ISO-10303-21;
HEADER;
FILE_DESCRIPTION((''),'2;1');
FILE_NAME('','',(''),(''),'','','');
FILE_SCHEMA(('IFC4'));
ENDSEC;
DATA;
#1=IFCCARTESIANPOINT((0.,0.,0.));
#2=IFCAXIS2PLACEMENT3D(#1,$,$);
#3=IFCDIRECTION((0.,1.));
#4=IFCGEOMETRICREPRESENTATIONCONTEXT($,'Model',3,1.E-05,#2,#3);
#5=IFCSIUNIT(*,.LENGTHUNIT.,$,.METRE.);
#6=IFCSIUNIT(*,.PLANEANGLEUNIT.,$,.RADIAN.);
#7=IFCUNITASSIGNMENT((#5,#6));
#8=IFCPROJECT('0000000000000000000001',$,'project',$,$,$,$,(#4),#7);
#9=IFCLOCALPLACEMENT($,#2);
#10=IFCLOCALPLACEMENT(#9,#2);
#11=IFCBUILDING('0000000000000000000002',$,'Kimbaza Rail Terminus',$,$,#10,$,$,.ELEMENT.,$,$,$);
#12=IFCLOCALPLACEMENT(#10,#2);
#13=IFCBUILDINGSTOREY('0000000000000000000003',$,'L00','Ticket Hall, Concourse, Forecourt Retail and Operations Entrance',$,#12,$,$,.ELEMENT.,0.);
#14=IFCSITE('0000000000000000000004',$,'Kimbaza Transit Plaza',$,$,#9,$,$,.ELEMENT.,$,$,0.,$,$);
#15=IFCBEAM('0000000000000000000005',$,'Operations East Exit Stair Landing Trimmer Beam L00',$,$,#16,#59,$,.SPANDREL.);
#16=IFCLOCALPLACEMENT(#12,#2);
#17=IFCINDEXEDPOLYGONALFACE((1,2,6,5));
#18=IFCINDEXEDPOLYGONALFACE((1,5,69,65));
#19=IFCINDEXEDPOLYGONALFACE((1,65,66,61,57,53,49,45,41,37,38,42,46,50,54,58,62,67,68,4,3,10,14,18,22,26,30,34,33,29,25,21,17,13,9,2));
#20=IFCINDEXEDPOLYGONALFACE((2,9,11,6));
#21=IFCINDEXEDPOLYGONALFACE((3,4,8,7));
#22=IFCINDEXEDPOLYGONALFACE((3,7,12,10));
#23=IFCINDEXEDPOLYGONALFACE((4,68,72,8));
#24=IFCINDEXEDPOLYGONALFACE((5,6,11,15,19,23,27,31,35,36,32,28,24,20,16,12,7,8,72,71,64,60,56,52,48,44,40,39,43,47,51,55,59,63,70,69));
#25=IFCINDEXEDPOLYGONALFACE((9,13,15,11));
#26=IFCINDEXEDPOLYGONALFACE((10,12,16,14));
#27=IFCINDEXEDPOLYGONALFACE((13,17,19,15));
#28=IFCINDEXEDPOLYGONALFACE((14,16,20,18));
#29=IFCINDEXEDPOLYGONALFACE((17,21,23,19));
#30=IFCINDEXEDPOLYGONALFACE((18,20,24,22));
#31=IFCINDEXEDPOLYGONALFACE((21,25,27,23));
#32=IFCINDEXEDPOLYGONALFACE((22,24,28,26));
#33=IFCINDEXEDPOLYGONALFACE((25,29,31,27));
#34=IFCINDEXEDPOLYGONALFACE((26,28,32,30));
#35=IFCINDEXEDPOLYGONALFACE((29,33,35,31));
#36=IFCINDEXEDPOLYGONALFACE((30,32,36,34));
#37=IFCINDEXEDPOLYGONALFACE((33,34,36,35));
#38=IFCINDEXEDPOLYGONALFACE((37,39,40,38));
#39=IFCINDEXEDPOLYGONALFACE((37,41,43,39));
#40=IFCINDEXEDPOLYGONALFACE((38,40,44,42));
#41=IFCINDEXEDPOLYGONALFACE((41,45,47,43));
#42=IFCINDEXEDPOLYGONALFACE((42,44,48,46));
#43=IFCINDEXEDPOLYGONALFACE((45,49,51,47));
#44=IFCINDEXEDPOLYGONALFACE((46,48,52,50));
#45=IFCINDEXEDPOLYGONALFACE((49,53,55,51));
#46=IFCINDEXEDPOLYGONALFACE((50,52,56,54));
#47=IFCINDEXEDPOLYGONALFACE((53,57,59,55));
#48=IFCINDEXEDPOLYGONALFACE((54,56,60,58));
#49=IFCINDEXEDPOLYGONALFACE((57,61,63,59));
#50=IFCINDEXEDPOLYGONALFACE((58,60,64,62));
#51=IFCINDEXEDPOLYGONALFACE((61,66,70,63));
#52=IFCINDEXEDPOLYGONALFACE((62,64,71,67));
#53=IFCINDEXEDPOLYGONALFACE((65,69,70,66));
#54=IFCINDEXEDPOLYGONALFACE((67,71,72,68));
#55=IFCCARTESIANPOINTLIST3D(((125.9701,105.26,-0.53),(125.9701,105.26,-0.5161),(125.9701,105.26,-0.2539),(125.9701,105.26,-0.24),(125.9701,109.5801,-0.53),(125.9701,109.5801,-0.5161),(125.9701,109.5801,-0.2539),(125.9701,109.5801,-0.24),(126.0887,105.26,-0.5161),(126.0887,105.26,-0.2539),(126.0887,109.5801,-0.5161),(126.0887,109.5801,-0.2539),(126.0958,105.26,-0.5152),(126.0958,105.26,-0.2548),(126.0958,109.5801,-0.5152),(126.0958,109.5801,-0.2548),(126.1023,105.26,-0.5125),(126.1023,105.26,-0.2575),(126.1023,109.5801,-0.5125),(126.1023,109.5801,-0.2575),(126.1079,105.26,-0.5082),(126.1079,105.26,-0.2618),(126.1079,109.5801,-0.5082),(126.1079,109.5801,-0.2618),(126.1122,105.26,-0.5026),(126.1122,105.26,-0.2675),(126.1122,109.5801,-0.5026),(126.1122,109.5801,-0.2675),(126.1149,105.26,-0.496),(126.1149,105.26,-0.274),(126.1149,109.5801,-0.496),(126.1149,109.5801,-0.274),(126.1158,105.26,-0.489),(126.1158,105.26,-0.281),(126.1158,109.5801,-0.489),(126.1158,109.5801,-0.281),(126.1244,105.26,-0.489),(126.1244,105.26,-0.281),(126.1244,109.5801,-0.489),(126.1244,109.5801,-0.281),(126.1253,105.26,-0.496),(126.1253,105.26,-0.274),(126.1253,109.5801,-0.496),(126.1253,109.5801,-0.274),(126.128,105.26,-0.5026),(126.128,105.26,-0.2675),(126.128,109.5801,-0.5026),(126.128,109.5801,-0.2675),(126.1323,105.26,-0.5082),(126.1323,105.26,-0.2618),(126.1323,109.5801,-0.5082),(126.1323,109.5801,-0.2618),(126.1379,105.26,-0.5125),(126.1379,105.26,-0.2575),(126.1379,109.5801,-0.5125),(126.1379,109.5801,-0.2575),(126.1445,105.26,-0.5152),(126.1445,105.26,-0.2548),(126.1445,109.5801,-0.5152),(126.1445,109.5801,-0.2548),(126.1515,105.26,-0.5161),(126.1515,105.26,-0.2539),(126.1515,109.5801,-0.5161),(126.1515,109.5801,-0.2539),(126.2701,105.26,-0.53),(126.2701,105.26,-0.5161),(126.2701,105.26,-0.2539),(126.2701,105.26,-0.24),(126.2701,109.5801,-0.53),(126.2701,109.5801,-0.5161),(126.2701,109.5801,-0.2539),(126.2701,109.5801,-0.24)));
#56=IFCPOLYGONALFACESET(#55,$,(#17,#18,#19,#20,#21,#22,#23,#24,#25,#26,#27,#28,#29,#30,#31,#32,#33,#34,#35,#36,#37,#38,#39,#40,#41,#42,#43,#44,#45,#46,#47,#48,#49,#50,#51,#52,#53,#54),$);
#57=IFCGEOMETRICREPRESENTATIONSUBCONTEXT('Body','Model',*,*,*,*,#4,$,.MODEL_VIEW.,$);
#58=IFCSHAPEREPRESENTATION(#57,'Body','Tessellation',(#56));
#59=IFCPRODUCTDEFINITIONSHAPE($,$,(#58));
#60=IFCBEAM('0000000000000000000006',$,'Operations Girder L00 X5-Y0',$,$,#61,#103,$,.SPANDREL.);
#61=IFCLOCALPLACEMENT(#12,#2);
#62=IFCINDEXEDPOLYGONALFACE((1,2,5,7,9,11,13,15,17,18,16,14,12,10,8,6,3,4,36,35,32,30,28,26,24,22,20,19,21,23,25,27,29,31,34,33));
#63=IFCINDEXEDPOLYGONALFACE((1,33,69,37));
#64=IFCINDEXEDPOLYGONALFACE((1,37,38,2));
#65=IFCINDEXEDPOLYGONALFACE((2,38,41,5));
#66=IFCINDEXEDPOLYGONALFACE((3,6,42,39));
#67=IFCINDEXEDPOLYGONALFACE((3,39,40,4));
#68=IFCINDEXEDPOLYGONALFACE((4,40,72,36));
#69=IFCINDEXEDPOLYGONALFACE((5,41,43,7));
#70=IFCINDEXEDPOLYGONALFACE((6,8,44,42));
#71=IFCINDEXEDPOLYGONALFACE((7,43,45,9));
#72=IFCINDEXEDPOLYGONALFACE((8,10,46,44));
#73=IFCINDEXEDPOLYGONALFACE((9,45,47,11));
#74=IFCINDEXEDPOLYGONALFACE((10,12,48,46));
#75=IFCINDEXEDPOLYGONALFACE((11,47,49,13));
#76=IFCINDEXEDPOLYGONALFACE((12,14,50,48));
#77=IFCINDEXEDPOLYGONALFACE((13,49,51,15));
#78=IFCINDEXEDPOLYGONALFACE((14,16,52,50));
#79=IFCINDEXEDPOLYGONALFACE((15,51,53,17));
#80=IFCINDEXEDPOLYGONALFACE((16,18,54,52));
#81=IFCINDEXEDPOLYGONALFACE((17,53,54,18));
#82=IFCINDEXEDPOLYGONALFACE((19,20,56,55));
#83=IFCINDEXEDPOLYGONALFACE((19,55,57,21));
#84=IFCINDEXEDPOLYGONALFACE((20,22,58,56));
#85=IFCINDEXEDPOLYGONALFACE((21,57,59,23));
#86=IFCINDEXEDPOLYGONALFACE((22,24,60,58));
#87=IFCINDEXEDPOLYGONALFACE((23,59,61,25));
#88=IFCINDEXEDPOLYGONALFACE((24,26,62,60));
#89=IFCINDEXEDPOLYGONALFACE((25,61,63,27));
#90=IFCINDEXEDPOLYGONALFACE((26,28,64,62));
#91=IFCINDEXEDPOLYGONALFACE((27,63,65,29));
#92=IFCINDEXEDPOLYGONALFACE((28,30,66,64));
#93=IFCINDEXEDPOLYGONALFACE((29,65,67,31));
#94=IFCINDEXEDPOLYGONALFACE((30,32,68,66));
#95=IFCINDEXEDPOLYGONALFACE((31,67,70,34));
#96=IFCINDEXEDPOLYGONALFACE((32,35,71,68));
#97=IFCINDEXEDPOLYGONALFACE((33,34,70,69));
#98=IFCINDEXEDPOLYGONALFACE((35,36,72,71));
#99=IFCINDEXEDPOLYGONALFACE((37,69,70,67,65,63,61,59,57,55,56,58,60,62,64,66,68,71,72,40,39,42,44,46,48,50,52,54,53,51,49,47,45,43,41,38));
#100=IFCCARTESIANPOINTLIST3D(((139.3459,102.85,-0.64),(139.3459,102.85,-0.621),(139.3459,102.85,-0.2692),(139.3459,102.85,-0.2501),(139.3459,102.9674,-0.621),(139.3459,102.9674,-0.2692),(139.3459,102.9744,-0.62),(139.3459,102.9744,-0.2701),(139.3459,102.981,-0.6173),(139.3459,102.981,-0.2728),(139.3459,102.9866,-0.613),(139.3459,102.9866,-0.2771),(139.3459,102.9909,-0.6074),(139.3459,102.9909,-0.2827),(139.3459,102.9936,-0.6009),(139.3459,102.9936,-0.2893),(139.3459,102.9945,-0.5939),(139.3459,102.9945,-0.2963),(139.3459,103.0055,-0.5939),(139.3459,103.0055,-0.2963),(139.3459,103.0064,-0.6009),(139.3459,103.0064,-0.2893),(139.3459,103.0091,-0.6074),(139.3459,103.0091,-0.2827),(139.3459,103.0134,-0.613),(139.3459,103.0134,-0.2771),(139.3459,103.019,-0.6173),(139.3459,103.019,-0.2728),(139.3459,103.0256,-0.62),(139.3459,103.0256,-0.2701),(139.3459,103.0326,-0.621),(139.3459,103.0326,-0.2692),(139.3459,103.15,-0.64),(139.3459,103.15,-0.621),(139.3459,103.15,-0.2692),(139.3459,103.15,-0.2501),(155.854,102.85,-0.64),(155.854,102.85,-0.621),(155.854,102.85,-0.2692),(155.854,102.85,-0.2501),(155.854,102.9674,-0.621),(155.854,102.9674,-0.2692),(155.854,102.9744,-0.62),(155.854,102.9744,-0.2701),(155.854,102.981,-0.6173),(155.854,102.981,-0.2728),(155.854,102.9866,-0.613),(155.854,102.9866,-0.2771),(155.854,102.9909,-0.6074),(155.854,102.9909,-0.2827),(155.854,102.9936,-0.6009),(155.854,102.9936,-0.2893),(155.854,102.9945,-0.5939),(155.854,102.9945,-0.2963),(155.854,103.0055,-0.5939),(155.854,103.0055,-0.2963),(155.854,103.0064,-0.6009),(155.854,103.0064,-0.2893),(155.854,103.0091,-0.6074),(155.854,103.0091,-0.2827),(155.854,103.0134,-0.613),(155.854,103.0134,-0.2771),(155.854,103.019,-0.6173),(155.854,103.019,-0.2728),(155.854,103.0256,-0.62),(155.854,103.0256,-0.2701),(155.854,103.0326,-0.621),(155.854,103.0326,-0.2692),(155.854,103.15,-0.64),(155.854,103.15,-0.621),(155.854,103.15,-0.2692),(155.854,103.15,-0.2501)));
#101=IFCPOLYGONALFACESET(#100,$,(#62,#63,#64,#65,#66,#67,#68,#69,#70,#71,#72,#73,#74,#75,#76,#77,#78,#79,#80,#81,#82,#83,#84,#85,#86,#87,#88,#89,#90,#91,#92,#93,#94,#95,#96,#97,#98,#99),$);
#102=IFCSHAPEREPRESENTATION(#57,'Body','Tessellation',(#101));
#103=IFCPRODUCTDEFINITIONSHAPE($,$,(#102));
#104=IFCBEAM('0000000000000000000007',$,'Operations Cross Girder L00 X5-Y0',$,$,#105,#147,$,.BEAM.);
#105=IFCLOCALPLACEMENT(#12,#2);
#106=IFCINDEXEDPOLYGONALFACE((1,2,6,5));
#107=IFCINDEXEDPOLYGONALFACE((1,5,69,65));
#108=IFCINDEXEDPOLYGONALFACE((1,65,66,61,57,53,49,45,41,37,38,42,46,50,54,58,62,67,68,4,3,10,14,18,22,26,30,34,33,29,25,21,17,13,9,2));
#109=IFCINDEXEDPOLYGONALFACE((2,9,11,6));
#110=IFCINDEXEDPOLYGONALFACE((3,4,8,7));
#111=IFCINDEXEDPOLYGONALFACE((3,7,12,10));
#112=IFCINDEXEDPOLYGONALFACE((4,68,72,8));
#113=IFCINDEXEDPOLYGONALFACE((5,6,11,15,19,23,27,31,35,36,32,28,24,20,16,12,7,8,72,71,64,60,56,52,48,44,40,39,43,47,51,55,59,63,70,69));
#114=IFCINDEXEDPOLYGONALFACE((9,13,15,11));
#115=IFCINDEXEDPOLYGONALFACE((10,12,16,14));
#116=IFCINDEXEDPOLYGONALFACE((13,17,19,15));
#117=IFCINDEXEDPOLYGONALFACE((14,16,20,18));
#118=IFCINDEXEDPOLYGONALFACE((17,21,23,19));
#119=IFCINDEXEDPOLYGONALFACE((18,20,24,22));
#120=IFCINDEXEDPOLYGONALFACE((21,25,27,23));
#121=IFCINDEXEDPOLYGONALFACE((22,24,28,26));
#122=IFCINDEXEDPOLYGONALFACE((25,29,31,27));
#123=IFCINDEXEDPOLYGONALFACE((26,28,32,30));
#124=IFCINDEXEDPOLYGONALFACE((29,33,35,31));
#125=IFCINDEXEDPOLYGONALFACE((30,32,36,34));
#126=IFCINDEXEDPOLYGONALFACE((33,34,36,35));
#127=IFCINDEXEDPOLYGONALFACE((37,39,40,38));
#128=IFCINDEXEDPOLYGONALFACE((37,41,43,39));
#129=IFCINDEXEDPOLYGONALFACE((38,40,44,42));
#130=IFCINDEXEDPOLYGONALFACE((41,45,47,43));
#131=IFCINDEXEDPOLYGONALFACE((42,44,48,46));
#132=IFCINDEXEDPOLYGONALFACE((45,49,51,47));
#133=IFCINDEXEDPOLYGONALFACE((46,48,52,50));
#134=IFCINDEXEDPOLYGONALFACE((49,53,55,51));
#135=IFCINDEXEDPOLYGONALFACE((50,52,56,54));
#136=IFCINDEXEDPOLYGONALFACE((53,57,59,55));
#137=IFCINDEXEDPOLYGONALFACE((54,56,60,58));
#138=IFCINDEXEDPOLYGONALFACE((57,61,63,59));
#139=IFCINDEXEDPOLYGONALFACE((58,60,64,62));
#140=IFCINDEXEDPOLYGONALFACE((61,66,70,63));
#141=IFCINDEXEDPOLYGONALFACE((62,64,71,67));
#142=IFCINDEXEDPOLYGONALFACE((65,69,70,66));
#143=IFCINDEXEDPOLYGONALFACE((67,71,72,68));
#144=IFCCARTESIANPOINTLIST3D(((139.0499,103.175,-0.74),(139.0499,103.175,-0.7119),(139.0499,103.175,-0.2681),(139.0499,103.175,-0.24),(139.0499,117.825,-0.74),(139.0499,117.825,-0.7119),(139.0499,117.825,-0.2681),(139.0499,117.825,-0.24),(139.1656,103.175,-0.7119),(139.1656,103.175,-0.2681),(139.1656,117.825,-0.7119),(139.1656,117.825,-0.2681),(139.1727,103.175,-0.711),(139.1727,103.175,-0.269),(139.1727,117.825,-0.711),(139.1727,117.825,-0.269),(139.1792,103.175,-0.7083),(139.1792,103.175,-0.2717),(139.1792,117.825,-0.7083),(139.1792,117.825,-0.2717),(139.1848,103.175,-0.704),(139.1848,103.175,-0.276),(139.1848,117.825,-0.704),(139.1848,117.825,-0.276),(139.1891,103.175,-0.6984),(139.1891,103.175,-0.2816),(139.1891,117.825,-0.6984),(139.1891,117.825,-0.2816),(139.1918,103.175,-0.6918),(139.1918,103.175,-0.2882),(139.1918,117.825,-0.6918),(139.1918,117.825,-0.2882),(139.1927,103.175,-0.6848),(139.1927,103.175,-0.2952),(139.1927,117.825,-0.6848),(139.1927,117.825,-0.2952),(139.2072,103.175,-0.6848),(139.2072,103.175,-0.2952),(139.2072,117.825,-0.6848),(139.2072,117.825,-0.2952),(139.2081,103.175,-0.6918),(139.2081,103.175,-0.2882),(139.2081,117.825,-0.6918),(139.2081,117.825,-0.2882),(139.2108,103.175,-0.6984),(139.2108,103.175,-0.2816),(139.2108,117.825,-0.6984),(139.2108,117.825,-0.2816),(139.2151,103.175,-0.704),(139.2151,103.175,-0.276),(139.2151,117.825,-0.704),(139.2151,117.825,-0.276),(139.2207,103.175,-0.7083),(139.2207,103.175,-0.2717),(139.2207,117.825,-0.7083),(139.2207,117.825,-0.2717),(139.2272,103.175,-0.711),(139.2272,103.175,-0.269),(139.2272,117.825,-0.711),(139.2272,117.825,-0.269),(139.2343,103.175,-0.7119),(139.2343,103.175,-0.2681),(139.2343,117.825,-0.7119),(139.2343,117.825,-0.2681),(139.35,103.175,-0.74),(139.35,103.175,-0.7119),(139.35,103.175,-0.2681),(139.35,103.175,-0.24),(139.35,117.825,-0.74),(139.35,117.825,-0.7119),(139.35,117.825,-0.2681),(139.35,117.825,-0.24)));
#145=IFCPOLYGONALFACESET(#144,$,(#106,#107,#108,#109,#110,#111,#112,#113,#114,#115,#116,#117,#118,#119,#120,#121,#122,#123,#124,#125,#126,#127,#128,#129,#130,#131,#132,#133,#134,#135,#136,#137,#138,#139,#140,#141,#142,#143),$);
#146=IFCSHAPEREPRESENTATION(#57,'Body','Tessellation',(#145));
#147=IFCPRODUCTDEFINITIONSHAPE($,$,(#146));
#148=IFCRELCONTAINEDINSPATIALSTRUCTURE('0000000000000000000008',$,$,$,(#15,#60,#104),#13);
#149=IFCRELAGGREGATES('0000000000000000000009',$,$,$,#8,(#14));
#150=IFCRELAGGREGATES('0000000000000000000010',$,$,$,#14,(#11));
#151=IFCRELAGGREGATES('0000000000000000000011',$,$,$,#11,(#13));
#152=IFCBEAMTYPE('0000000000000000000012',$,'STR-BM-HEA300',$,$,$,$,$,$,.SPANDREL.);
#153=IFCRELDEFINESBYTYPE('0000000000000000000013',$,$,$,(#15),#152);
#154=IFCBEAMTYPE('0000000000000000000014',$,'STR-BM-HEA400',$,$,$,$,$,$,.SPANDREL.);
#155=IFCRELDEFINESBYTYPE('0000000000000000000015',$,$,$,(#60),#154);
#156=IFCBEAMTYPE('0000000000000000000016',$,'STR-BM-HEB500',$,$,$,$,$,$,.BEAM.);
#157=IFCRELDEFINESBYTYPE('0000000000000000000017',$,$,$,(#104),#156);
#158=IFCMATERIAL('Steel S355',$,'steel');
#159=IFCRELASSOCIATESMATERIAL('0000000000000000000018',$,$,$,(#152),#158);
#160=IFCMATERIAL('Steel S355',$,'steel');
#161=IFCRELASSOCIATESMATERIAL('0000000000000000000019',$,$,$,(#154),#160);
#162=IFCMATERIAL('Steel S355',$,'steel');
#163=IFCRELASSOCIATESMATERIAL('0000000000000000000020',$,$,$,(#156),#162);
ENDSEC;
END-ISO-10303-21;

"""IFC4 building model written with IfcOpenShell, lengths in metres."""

from ifc_helpers import new_model, si_unit, direction, frame, origin, origin_2d, place, context, subcontext, project, spatial, i_section, extrude, material, material_profile, profile_set, type_object, element, save


model = new_model("IFC4")

# Units and contexts
model_context = context("Model", 3, precision=1e-05, world=origin(), true_north=direction((0.0, 1.0)))
body_context = subcontext(model_context, "Body", "Model", "MODEL_VIEW")
ifc_project = project(units=[si_unit("LENGTHUNIT", "METRE"), si_unit("PLANEANGLEUNIT", "RADIAN")], contexts=[model_context])

# Site, building, storey
site_placement = place(None, origin())
site = spatial("IfcSite", under=ifc_project, at=site_placement, Name="Kimbaza Transit Plaza", CompositionType="ELEMENT", RefElevation=0.0)
building_placement = place(site_placement, origin())
building = spatial("IfcBuilding", under=site, at=building_placement, Name="Kimbaza Rail Terminus", CompositionType="ELEMENT")
storey_placement = place(building_placement, origin())
storey = spatial("IfcBuildingStorey", under=building, at=storey_placement, Name="L00", Description="Ticket Hall, Concourse, Forecourt Retail and Operations Entrance", CompositionType="ELEMENT", Elevation=0.0)

# Beams
ifc_material_1 = material(Name="Steel S355", Category="steel")
ifc_material_profile_1 = material_profile(ifc_material_1, i_section(OverallWidth=0.3, OverallDepth=0.29, WebThickness=0.0085, FlangeThickness=0.0139, FilletRadius=0.0271, at=origin_2d()), Name="HEA 300")
ifc_profile_set_1 = profile_set([ifc_material_profile_1], Name="Steel S355")
beam_type_1 = type_object("IfcBeamType", Name="STR-BM-HEA300", PredefinedType="SPANDREL", material=ifc_profile_set_1)
beam_1_placement = place(storey_placement, frame((126.1201, 105.26, -0.385), z_axis=(0.0, 1.0, 0.0), x_axis=(-1.0, 0.0, 0.0)))
element("IfcBeam", 1, at=beam_1_placement, inside=storey, type_object=beam_type_1, Name="Operations East Exit Stair Landing Trimmer Beam L00", PredefinedType="SPANDREL", context=body_context, shape_type="SweptSolid", body=[
    extrude(i_section(OverallWidth=0.3, OverallDepth=0.29, WebThickness=0.0085, FlangeThickness=0.0139, FilletRadius=0.0271, at=origin_2d()), origin(), (0.0, 0.0, 1.0), 4.3201),
])
ifc_material_2 = material(Name="Steel S355", Category="steel")
ifc_material_profile_2 = material_profile(ifc_material_2, i_section(OverallWidth=0.3, OverallDepth=0.3899, WebThickness=0.011, FlangeThickness=0.019, FilletRadius=0.0271, at=origin_2d()), Name="HEA 400")
ifc_profile_set_2 = profile_set([ifc_material_profile_2], Name="Steel S355")
beam_type_2 = type_object("IfcBeamType", Name="STR-BM-HEA400", PredefinedType="SPANDREL", material=ifc_profile_set_2)
beam_2_placement = place(storey_placement, frame((139.3459, 103.0, -0.4451), z_axis=(1.0, 0.0, 0.0), x_axis=(0.0, 1.0, 0.0)))
element("IfcBeam", 2, at=beam_2_placement, inside=storey, type_object=beam_type_2, Name="Operations Girder L00 X5-Y0", PredefinedType="SPANDREL", context=body_context, shape_type="SweptSolid", body=[
    extrude(i_section(OverallWidth=0.3, OverallDepth=0.3899, WebThickness=0.011, FlangeThickness=0.019, FilletRadius=0.0271, at=origin_2d()), origin(), (0.0, 0.0, 1.0), 16.5081),
])
ifc_material_3 = material(Name="Steel S355", Category="steel")
ifc_material_profile_3 = material_profile(ifc_material_3, i_section(OverallWidth=0.3, OverallDepth=0.5, WebThickness=0.0144, FlangeThickness=0.0281, FilletRadius=0.0271, at=origin_2d()), Name="HEB 500")
ifc_profile_set_3 = profile_set([ifc_material_profile_3], Name="Steel S355")
beam_type_3 = type_object("IfcBeamType", Name="STR-BM-HEB500", PredefinedType="BEAM", material=ifc_profile_set_3)
beam_3_placement = place(storey_placement, frame((139.2, 103.175, -0.49), z_axis=(0.0, 1.0, 0.0), x_axis=(-1.0, 0.0, 0.0)))
element("IfcBeam", 3, at=beam_3_placement, inside=storey, type_object=beam_type_3, Name="Operations Cross Girder L00 X5-Y0", PredefinedType="BEAM", context=body_context, shape_type="SweptSolid", body=[
    extrude(i_section(OverallWidth=0.3, OverallDepth=0.5, WebThickness=0.0144, FlangeThickness=0.0281, FilletRadius=0.0271, at=origin_2d()), origin(), (0.0, 0.0, 1.0), 14.6499),
])

save(model, "model.ifc")
